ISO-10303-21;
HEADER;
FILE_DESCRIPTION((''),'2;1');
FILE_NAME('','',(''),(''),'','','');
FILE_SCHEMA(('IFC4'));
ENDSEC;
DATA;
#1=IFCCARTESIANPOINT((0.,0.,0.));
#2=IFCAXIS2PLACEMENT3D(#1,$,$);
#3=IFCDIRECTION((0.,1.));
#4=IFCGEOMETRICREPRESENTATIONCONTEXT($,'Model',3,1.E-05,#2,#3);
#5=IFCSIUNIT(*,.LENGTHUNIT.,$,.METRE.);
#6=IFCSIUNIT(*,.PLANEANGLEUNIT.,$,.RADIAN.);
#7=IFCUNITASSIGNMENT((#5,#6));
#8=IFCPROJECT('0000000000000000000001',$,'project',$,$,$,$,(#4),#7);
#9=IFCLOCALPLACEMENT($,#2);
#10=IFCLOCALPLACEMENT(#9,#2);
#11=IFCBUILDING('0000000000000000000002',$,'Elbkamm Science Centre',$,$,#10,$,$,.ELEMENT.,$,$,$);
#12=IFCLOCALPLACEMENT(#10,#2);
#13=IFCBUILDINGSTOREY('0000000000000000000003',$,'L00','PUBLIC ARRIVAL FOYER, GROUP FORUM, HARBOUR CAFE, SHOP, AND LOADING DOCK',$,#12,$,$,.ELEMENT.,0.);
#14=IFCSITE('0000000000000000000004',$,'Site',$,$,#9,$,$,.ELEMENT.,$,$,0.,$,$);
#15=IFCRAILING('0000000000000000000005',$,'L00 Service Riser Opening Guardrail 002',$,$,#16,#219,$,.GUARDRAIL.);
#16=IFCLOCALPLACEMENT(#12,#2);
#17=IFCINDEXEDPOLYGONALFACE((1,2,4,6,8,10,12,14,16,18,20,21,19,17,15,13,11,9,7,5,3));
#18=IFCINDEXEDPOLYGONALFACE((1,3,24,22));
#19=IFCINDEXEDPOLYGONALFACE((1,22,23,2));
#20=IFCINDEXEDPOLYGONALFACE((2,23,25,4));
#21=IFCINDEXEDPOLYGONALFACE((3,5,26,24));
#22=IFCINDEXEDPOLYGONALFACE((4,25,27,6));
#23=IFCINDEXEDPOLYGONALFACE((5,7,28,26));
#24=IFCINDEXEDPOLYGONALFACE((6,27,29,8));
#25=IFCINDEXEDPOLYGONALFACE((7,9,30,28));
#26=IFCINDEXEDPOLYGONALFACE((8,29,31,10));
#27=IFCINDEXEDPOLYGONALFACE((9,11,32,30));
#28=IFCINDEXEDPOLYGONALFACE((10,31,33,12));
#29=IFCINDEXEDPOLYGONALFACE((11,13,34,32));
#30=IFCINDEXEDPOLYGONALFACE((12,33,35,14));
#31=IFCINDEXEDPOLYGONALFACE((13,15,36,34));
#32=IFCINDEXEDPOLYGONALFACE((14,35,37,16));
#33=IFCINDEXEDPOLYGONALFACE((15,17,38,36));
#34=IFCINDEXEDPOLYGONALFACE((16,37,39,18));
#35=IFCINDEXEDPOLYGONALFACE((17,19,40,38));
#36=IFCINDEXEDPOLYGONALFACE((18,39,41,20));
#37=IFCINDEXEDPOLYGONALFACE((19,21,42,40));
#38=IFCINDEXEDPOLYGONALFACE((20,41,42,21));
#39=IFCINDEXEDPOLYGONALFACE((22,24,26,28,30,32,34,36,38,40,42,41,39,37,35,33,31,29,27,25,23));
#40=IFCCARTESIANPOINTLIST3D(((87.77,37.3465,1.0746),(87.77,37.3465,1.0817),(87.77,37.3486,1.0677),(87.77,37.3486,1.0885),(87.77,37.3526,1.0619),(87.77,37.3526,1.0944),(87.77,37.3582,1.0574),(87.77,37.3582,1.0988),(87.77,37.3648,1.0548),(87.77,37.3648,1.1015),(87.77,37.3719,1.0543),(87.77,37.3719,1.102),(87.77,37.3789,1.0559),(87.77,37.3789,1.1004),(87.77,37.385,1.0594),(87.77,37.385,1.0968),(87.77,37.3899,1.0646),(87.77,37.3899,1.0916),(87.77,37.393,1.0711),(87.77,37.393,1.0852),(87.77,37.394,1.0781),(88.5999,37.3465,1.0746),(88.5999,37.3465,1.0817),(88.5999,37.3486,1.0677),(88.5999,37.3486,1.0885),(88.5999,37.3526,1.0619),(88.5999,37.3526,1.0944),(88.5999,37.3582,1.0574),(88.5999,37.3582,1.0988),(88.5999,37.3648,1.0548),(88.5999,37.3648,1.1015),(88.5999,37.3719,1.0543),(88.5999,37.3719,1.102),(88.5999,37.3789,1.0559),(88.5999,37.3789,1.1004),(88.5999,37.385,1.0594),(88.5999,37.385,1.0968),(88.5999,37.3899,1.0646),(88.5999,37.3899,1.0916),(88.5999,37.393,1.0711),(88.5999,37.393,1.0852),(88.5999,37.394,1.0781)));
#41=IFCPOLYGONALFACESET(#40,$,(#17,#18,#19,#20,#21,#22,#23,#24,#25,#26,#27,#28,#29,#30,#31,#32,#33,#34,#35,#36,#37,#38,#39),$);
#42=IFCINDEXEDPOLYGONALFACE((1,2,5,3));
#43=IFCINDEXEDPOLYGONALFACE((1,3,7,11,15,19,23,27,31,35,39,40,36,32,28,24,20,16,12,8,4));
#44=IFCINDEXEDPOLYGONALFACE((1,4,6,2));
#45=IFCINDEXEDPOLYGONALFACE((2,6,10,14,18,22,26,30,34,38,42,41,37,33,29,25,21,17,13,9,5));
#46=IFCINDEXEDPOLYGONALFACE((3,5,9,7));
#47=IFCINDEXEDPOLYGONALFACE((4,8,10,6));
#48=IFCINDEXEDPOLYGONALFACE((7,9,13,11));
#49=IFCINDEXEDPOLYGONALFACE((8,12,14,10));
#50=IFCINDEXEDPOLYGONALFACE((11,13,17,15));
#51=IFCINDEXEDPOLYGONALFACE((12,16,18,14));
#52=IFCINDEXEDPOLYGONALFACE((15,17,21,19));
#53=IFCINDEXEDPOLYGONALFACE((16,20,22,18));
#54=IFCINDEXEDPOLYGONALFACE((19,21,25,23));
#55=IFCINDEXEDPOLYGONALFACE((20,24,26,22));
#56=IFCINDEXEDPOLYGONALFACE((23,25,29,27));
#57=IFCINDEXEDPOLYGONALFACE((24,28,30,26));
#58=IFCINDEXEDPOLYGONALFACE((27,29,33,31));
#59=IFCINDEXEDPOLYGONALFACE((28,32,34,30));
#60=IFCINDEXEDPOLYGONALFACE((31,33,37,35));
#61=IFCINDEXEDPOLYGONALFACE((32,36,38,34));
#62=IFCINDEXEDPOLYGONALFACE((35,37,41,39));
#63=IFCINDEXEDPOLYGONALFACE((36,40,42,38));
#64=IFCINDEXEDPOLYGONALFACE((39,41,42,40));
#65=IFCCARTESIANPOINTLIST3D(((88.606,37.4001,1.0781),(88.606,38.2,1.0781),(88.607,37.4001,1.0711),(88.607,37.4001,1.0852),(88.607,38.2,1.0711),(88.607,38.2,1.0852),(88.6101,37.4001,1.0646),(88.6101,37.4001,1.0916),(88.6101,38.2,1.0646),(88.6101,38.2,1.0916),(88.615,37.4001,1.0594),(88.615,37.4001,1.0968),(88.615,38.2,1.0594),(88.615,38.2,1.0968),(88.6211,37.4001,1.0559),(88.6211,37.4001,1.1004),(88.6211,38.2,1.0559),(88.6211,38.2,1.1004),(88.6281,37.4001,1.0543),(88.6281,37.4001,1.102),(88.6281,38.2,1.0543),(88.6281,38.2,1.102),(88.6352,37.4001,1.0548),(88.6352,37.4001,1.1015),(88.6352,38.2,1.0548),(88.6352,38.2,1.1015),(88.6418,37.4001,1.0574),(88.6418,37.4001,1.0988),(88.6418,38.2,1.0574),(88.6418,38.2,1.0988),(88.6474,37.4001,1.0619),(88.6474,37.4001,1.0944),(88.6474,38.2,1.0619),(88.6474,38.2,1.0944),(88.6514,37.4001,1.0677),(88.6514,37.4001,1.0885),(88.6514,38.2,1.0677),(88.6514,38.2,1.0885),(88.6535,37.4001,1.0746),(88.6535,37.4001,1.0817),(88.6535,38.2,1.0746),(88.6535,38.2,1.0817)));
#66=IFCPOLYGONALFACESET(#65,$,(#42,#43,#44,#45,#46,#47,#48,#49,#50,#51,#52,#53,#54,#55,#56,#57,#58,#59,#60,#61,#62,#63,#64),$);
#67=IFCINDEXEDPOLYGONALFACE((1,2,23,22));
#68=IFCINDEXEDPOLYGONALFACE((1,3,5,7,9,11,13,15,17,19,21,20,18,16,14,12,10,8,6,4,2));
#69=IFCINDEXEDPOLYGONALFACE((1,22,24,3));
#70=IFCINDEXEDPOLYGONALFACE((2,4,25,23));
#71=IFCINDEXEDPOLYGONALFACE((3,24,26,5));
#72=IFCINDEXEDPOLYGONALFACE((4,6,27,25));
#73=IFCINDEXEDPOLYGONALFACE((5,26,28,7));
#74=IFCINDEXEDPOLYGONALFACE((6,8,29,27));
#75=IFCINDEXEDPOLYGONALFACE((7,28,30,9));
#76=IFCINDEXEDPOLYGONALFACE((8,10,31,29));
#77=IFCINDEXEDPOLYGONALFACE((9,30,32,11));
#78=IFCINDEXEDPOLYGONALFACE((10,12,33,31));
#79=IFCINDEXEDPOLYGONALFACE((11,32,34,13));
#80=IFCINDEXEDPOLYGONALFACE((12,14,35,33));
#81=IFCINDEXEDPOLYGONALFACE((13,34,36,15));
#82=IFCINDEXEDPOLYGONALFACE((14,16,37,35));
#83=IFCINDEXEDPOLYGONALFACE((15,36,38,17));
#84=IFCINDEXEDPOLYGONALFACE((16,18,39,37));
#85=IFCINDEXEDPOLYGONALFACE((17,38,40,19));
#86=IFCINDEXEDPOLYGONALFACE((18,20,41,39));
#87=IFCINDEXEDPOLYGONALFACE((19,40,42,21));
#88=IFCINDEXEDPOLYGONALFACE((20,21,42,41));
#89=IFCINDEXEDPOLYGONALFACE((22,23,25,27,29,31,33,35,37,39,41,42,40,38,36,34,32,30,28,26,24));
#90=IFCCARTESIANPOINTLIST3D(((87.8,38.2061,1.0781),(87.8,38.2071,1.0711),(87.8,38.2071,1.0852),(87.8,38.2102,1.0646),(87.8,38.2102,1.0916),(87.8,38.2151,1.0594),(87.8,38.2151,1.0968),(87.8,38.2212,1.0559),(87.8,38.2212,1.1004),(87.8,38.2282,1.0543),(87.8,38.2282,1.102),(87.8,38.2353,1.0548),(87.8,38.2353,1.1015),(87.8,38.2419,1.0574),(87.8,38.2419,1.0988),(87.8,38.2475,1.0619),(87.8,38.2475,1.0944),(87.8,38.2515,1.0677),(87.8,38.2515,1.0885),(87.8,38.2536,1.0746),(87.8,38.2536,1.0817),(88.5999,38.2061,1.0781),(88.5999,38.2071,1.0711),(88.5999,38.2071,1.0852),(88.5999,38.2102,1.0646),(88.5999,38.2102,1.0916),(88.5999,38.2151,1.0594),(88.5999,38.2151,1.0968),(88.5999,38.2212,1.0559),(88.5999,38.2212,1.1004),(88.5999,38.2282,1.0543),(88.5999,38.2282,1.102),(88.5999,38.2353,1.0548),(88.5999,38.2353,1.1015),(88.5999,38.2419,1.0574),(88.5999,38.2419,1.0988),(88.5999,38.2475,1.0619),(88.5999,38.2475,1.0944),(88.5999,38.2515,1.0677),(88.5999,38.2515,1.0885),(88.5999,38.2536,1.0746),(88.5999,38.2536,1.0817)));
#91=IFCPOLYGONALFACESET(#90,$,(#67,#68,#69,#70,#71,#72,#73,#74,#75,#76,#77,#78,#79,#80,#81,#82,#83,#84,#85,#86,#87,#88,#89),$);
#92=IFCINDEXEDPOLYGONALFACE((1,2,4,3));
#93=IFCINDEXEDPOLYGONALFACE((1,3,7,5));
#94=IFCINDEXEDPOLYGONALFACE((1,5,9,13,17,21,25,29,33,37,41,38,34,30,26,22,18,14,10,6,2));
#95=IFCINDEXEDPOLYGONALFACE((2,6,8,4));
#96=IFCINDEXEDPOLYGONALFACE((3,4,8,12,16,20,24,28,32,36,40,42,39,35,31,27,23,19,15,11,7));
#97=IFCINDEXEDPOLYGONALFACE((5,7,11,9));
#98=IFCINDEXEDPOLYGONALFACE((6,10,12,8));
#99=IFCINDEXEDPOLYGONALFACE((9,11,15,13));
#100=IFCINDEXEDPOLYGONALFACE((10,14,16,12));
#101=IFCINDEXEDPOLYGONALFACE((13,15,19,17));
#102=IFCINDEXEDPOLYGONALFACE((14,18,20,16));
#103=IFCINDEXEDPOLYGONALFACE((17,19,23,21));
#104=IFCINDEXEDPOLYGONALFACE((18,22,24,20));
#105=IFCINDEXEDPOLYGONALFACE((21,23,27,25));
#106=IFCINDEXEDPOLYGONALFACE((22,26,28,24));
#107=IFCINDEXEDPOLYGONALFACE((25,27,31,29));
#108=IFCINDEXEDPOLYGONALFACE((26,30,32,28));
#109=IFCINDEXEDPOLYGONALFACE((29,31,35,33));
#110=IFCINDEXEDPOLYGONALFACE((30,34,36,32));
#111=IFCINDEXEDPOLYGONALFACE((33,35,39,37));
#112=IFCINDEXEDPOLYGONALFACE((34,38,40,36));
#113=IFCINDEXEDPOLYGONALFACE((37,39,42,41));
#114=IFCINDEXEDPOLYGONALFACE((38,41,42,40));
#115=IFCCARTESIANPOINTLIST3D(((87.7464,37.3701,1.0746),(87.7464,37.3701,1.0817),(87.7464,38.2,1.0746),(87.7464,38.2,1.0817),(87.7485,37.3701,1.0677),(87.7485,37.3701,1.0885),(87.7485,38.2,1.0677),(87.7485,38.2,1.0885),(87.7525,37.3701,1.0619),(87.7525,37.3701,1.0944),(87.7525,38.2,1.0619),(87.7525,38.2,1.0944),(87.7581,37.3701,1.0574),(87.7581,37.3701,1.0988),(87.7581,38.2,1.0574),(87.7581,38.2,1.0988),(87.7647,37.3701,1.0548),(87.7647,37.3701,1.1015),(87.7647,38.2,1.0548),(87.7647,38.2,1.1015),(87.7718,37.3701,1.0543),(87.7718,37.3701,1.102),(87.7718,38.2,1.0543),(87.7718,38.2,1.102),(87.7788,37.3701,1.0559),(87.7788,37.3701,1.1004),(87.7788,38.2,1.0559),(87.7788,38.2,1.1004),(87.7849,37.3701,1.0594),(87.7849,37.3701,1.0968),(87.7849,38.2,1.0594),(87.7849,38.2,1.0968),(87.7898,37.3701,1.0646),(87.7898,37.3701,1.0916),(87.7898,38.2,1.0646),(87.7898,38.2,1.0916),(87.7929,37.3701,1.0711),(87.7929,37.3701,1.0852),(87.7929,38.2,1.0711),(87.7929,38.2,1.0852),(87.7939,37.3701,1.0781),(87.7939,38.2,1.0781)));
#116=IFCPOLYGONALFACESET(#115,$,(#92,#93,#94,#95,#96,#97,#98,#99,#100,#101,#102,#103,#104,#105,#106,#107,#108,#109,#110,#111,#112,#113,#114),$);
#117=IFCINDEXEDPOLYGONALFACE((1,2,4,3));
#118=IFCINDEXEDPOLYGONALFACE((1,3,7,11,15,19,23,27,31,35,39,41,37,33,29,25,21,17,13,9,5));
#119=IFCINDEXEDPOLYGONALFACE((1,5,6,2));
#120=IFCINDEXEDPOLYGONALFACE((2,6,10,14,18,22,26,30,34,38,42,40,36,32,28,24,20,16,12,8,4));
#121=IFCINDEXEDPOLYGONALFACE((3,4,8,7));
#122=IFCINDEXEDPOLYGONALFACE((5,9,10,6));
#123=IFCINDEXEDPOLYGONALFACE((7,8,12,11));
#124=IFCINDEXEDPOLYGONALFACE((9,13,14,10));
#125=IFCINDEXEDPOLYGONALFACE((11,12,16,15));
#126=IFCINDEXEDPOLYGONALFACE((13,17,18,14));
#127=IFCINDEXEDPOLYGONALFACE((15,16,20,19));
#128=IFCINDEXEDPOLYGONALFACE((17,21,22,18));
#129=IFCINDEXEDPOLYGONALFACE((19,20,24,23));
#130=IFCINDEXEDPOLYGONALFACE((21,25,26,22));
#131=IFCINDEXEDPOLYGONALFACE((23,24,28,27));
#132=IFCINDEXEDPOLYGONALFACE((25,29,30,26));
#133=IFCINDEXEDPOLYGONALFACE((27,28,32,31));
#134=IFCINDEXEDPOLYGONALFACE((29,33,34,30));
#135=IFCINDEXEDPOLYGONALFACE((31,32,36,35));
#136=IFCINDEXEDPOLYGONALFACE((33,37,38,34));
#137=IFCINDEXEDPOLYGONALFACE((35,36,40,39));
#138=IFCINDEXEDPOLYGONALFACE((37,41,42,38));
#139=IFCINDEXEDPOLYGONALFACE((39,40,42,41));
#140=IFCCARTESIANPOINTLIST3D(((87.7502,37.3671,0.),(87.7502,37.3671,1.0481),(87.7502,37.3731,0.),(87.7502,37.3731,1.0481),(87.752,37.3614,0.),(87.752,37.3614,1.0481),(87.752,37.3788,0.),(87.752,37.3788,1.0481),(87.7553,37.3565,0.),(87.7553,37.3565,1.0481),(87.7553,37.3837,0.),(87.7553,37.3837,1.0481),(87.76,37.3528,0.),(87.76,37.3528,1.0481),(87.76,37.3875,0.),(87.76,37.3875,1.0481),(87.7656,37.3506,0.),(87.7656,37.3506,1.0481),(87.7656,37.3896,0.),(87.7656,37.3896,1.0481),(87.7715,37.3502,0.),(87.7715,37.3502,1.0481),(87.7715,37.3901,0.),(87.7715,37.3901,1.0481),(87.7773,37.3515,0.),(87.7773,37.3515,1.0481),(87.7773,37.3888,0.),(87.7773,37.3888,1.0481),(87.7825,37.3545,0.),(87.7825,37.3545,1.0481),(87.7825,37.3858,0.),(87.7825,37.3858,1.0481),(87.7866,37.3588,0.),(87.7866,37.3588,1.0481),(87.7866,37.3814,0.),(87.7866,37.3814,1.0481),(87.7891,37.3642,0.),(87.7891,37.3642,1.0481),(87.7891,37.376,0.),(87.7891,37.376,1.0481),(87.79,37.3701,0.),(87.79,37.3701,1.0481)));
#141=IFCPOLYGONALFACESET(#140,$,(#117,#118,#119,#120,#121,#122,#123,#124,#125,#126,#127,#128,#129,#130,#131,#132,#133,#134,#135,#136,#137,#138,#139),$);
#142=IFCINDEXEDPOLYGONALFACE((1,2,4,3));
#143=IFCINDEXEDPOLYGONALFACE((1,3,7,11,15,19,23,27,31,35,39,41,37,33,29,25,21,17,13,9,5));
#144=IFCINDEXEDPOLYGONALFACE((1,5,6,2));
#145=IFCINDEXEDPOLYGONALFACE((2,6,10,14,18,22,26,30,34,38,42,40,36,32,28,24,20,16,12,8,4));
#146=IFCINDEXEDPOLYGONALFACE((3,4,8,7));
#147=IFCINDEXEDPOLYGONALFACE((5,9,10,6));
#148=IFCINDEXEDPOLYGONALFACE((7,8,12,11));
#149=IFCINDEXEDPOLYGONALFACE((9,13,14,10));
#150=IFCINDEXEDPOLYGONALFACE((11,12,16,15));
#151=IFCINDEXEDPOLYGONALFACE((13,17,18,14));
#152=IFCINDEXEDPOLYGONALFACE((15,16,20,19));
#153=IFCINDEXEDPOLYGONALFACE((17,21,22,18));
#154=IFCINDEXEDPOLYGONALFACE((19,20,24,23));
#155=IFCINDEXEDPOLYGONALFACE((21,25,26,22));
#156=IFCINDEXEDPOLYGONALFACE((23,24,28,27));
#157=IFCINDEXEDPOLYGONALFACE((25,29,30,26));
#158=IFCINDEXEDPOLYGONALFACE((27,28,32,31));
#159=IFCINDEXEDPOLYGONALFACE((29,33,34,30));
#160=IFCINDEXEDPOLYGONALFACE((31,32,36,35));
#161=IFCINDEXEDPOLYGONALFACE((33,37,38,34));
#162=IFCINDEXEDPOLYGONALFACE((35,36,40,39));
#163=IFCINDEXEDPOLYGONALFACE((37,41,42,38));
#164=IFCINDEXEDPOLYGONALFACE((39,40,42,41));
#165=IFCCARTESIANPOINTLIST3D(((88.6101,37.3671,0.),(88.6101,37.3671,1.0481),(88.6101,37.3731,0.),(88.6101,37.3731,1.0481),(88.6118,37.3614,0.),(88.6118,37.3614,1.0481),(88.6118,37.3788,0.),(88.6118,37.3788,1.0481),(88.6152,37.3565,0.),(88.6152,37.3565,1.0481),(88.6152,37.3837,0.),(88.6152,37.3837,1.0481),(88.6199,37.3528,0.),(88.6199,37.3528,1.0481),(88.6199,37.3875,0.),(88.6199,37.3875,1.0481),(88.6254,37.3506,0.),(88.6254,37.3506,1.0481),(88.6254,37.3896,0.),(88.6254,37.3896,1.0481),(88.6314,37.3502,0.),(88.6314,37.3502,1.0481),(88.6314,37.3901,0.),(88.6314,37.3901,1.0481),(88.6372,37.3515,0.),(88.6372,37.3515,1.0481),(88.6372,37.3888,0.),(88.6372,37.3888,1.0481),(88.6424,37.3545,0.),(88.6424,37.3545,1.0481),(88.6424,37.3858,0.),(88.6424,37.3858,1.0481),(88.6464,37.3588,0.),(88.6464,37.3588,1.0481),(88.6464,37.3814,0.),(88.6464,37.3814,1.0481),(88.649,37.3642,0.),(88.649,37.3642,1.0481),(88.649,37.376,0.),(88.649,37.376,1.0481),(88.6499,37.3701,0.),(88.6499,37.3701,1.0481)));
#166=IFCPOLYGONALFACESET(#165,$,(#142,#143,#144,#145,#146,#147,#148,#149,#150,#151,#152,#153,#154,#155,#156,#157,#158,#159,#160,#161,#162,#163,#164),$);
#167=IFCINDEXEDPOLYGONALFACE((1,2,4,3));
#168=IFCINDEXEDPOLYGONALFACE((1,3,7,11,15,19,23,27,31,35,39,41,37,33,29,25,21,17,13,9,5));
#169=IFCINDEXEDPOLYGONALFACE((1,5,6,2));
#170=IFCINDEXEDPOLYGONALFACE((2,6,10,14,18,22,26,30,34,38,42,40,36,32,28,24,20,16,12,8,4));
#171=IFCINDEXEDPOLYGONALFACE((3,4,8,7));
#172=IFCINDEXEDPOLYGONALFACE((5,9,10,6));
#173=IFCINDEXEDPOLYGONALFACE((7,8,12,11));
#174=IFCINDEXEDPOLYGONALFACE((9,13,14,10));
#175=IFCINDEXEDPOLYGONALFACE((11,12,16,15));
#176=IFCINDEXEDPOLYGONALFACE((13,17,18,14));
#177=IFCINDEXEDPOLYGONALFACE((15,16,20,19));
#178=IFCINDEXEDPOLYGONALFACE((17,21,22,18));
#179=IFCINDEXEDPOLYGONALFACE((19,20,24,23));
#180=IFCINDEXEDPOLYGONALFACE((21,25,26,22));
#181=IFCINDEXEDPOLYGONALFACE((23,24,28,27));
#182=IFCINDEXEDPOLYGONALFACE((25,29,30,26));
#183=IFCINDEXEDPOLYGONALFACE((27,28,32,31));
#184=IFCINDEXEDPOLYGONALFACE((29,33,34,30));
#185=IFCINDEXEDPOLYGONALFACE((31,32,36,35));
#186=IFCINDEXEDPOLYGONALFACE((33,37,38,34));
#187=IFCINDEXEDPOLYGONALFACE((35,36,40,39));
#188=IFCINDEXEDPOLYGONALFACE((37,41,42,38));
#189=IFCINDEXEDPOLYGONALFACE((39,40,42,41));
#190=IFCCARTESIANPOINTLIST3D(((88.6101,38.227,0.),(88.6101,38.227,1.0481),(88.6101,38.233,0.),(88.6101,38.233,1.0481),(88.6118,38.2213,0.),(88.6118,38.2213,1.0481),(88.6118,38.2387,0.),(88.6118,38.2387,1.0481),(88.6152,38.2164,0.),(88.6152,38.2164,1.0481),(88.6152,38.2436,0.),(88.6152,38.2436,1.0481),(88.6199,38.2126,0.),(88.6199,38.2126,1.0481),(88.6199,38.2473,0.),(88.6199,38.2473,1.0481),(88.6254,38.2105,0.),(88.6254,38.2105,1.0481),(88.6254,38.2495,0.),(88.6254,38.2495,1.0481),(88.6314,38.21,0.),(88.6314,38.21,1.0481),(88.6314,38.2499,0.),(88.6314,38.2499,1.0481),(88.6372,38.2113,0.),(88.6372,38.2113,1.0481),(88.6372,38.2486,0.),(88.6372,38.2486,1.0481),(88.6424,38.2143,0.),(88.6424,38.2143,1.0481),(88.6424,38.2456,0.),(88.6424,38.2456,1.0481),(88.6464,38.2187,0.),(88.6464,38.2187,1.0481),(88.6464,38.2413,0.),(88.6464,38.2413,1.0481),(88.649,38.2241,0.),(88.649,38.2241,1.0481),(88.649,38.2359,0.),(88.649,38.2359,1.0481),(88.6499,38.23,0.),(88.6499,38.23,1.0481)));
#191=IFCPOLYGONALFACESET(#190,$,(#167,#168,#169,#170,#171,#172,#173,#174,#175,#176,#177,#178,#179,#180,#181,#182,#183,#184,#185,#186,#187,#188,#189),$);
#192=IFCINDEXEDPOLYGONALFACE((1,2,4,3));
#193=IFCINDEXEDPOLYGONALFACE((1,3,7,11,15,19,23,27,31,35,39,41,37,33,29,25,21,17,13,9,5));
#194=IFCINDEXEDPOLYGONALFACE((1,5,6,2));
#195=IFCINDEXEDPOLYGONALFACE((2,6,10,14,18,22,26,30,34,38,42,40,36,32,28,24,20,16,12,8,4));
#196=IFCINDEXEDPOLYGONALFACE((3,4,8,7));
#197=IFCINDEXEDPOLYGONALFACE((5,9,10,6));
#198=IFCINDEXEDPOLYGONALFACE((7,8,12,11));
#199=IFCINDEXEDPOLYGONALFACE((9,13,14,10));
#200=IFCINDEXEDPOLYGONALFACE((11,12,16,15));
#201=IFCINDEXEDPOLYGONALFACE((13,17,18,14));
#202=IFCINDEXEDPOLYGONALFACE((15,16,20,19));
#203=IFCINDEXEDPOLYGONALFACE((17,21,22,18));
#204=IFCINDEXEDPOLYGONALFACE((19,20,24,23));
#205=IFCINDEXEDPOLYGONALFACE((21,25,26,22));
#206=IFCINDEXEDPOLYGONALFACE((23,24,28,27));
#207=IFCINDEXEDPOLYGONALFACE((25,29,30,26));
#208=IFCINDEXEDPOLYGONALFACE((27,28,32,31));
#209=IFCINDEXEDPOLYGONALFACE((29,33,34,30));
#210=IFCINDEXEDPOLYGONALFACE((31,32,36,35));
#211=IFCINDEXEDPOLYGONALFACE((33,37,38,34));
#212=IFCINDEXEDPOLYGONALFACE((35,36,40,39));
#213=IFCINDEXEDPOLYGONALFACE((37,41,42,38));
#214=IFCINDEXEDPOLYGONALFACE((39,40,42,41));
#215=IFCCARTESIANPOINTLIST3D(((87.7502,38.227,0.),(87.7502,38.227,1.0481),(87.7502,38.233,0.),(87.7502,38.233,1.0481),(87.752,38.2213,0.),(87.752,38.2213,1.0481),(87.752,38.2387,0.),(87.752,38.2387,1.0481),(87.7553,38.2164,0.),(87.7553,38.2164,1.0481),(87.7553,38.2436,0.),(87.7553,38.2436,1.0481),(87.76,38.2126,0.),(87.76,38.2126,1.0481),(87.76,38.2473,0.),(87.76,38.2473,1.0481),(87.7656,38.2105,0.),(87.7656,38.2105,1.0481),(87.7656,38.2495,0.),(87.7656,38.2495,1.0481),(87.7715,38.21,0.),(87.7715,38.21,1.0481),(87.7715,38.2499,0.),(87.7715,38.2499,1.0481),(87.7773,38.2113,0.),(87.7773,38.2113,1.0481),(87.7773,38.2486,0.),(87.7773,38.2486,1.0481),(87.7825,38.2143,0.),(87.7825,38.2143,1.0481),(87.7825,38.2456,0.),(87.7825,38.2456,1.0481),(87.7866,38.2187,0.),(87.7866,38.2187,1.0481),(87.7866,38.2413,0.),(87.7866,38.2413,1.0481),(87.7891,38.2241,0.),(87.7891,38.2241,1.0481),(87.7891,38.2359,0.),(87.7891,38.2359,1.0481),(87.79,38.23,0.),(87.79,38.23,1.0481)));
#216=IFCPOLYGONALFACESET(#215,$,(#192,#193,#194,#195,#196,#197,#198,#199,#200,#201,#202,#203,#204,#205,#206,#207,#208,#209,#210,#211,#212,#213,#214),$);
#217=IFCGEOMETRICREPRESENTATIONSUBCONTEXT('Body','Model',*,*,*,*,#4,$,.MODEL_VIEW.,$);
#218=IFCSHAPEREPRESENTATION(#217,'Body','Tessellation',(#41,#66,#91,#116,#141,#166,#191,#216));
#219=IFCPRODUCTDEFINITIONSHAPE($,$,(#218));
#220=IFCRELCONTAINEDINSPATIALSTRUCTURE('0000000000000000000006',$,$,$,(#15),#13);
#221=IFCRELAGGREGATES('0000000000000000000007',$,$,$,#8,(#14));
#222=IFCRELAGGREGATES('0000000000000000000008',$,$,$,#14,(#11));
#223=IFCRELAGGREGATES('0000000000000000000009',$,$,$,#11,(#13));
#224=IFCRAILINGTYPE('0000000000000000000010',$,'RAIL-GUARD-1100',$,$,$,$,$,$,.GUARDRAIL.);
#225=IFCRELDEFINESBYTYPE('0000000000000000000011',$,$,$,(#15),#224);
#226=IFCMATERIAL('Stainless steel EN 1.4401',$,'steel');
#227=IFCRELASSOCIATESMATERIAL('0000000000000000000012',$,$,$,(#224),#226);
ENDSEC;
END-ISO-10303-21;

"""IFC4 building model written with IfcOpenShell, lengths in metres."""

from ifc_helpers import new_model, si_unit, direction, frame, origin, origin_2d, place, context, subcontext, project, spatial, circle, extrude, material, type_object, element, save


model = new_model("IFC4")

# Units and contexts
model_context = context("Model", 3, precision=1e-05, world=origin(), true_north=direction((0.0, 1.0)))
body_context = subcontext(model_context, "Body", "Model", "MODEL_VIEW")
ifc_project = project(units=[si_unit("LENGTHUNIT", "METRE"), si_unit("PLANEANGLEUNIT", "RADIAN")], contexts=[model_context])

# Site, building, storey
site_placement = place(None, origin())
site = spatial("IfcSite", under=ifc_project, at=site_placement, Name="Site", CompositionType="ELEMENT", RefElevation=0.0)
building_placement = place(site_placement, origin())
building = spatial("IfcBuilding", under=site, at=building_placement, Name="Elbkamm Science Centre", CompositionType="ELEMENT")
storey_placement = place(building_placement, origin())
storey = spatial("IfcBuildingStorey", under=building, at=storey_placement, Name="L00", Description="PUBLIC ARRIVAL FOYER, GROUP FORUM, HARBOUR CAFE, SHOP, AND LOADING DOCK", CompositionType="ELEMENT", Elevation=0.0)

# Railing
ifc_material_1 = material(Name="Stainless steel EN 1.4401", Category="steel")
railing_type = type_object("IfcRailingType", Name="RAIL-GUARD-1100", PredefinedType="GUARDRAIL", material=ifc_material_1)
railing_placement = place(storey_placement, frame((87.77, 37.3701, 0.0)))
element("IfcRailing", 1, at=railing_placement, inside=storey, type_object=railing_type, Name="L00 Service Riser Opening Guardrail 002", PredefinedType="GUARDRAIL", context=body_context, shape_type="SweptSolid", body=[
    extrude(circle(Radius=0.0239, at=origin_2d()), frame((0.0, 0.0, 1.0781), z_axis=(1.0, 0.0, 0.0), x_axis=(0.0, 1.0, 0.0)), (0.0, 0.0, 1.0), 0.8298),
    extrude(circle(Radius=0.0239, at=origin_2d()), frame((0.8599, 0.03, 1.0781), z_axis=(0.0, 1.0, 0.0), x_axis=(-1.0, 0.0, 0.0)), (0.0, 0.0, 1.0), 0.7998),
    extrude(circle(Radius=0.0239, at=origin_2d()), frame((0.8298, 0.8599, 1.0781), z_axis=(-1.0, 0.0, 0.0), x_axis=(0.0, -1.0, 0.0)), (0.0, 0.0, 1.0), 0.7998),
    extrude(circle(Radius=0.0239, at=origin_2d()), frame((0.0, 0.8298, 1.0781), z_axis=(0.0, -1.0, 0.0), x_axis=(1.0, 0.0, 0.0)), (0.0, 0.0, 1.0), 0.8298),
    extrude(circle(Radius=0.02, at=origin_2d()), origin(), (0.0, 0.0, 1.0), 1.0481),
    extrude(circle(Radius=0.02, at=origin_2d()), frame((0.8599, 0.0, 0.0)), (0.0, 0.0, 1.0), 1.0481),
    extrude(circle(Radius=0.02, at=origin_2d()), frame((0.8599, 0.8599, 0.0)), (0.0, 0.0, 1.0), 1.0481),
    extrude(circle(Radius=0.02, at=origin_2d()), frame((0.0, 0.8599, 0.0)), (0.0, 0.0, 1.0), 1.0481),
])

save(model, "model.ifc")
